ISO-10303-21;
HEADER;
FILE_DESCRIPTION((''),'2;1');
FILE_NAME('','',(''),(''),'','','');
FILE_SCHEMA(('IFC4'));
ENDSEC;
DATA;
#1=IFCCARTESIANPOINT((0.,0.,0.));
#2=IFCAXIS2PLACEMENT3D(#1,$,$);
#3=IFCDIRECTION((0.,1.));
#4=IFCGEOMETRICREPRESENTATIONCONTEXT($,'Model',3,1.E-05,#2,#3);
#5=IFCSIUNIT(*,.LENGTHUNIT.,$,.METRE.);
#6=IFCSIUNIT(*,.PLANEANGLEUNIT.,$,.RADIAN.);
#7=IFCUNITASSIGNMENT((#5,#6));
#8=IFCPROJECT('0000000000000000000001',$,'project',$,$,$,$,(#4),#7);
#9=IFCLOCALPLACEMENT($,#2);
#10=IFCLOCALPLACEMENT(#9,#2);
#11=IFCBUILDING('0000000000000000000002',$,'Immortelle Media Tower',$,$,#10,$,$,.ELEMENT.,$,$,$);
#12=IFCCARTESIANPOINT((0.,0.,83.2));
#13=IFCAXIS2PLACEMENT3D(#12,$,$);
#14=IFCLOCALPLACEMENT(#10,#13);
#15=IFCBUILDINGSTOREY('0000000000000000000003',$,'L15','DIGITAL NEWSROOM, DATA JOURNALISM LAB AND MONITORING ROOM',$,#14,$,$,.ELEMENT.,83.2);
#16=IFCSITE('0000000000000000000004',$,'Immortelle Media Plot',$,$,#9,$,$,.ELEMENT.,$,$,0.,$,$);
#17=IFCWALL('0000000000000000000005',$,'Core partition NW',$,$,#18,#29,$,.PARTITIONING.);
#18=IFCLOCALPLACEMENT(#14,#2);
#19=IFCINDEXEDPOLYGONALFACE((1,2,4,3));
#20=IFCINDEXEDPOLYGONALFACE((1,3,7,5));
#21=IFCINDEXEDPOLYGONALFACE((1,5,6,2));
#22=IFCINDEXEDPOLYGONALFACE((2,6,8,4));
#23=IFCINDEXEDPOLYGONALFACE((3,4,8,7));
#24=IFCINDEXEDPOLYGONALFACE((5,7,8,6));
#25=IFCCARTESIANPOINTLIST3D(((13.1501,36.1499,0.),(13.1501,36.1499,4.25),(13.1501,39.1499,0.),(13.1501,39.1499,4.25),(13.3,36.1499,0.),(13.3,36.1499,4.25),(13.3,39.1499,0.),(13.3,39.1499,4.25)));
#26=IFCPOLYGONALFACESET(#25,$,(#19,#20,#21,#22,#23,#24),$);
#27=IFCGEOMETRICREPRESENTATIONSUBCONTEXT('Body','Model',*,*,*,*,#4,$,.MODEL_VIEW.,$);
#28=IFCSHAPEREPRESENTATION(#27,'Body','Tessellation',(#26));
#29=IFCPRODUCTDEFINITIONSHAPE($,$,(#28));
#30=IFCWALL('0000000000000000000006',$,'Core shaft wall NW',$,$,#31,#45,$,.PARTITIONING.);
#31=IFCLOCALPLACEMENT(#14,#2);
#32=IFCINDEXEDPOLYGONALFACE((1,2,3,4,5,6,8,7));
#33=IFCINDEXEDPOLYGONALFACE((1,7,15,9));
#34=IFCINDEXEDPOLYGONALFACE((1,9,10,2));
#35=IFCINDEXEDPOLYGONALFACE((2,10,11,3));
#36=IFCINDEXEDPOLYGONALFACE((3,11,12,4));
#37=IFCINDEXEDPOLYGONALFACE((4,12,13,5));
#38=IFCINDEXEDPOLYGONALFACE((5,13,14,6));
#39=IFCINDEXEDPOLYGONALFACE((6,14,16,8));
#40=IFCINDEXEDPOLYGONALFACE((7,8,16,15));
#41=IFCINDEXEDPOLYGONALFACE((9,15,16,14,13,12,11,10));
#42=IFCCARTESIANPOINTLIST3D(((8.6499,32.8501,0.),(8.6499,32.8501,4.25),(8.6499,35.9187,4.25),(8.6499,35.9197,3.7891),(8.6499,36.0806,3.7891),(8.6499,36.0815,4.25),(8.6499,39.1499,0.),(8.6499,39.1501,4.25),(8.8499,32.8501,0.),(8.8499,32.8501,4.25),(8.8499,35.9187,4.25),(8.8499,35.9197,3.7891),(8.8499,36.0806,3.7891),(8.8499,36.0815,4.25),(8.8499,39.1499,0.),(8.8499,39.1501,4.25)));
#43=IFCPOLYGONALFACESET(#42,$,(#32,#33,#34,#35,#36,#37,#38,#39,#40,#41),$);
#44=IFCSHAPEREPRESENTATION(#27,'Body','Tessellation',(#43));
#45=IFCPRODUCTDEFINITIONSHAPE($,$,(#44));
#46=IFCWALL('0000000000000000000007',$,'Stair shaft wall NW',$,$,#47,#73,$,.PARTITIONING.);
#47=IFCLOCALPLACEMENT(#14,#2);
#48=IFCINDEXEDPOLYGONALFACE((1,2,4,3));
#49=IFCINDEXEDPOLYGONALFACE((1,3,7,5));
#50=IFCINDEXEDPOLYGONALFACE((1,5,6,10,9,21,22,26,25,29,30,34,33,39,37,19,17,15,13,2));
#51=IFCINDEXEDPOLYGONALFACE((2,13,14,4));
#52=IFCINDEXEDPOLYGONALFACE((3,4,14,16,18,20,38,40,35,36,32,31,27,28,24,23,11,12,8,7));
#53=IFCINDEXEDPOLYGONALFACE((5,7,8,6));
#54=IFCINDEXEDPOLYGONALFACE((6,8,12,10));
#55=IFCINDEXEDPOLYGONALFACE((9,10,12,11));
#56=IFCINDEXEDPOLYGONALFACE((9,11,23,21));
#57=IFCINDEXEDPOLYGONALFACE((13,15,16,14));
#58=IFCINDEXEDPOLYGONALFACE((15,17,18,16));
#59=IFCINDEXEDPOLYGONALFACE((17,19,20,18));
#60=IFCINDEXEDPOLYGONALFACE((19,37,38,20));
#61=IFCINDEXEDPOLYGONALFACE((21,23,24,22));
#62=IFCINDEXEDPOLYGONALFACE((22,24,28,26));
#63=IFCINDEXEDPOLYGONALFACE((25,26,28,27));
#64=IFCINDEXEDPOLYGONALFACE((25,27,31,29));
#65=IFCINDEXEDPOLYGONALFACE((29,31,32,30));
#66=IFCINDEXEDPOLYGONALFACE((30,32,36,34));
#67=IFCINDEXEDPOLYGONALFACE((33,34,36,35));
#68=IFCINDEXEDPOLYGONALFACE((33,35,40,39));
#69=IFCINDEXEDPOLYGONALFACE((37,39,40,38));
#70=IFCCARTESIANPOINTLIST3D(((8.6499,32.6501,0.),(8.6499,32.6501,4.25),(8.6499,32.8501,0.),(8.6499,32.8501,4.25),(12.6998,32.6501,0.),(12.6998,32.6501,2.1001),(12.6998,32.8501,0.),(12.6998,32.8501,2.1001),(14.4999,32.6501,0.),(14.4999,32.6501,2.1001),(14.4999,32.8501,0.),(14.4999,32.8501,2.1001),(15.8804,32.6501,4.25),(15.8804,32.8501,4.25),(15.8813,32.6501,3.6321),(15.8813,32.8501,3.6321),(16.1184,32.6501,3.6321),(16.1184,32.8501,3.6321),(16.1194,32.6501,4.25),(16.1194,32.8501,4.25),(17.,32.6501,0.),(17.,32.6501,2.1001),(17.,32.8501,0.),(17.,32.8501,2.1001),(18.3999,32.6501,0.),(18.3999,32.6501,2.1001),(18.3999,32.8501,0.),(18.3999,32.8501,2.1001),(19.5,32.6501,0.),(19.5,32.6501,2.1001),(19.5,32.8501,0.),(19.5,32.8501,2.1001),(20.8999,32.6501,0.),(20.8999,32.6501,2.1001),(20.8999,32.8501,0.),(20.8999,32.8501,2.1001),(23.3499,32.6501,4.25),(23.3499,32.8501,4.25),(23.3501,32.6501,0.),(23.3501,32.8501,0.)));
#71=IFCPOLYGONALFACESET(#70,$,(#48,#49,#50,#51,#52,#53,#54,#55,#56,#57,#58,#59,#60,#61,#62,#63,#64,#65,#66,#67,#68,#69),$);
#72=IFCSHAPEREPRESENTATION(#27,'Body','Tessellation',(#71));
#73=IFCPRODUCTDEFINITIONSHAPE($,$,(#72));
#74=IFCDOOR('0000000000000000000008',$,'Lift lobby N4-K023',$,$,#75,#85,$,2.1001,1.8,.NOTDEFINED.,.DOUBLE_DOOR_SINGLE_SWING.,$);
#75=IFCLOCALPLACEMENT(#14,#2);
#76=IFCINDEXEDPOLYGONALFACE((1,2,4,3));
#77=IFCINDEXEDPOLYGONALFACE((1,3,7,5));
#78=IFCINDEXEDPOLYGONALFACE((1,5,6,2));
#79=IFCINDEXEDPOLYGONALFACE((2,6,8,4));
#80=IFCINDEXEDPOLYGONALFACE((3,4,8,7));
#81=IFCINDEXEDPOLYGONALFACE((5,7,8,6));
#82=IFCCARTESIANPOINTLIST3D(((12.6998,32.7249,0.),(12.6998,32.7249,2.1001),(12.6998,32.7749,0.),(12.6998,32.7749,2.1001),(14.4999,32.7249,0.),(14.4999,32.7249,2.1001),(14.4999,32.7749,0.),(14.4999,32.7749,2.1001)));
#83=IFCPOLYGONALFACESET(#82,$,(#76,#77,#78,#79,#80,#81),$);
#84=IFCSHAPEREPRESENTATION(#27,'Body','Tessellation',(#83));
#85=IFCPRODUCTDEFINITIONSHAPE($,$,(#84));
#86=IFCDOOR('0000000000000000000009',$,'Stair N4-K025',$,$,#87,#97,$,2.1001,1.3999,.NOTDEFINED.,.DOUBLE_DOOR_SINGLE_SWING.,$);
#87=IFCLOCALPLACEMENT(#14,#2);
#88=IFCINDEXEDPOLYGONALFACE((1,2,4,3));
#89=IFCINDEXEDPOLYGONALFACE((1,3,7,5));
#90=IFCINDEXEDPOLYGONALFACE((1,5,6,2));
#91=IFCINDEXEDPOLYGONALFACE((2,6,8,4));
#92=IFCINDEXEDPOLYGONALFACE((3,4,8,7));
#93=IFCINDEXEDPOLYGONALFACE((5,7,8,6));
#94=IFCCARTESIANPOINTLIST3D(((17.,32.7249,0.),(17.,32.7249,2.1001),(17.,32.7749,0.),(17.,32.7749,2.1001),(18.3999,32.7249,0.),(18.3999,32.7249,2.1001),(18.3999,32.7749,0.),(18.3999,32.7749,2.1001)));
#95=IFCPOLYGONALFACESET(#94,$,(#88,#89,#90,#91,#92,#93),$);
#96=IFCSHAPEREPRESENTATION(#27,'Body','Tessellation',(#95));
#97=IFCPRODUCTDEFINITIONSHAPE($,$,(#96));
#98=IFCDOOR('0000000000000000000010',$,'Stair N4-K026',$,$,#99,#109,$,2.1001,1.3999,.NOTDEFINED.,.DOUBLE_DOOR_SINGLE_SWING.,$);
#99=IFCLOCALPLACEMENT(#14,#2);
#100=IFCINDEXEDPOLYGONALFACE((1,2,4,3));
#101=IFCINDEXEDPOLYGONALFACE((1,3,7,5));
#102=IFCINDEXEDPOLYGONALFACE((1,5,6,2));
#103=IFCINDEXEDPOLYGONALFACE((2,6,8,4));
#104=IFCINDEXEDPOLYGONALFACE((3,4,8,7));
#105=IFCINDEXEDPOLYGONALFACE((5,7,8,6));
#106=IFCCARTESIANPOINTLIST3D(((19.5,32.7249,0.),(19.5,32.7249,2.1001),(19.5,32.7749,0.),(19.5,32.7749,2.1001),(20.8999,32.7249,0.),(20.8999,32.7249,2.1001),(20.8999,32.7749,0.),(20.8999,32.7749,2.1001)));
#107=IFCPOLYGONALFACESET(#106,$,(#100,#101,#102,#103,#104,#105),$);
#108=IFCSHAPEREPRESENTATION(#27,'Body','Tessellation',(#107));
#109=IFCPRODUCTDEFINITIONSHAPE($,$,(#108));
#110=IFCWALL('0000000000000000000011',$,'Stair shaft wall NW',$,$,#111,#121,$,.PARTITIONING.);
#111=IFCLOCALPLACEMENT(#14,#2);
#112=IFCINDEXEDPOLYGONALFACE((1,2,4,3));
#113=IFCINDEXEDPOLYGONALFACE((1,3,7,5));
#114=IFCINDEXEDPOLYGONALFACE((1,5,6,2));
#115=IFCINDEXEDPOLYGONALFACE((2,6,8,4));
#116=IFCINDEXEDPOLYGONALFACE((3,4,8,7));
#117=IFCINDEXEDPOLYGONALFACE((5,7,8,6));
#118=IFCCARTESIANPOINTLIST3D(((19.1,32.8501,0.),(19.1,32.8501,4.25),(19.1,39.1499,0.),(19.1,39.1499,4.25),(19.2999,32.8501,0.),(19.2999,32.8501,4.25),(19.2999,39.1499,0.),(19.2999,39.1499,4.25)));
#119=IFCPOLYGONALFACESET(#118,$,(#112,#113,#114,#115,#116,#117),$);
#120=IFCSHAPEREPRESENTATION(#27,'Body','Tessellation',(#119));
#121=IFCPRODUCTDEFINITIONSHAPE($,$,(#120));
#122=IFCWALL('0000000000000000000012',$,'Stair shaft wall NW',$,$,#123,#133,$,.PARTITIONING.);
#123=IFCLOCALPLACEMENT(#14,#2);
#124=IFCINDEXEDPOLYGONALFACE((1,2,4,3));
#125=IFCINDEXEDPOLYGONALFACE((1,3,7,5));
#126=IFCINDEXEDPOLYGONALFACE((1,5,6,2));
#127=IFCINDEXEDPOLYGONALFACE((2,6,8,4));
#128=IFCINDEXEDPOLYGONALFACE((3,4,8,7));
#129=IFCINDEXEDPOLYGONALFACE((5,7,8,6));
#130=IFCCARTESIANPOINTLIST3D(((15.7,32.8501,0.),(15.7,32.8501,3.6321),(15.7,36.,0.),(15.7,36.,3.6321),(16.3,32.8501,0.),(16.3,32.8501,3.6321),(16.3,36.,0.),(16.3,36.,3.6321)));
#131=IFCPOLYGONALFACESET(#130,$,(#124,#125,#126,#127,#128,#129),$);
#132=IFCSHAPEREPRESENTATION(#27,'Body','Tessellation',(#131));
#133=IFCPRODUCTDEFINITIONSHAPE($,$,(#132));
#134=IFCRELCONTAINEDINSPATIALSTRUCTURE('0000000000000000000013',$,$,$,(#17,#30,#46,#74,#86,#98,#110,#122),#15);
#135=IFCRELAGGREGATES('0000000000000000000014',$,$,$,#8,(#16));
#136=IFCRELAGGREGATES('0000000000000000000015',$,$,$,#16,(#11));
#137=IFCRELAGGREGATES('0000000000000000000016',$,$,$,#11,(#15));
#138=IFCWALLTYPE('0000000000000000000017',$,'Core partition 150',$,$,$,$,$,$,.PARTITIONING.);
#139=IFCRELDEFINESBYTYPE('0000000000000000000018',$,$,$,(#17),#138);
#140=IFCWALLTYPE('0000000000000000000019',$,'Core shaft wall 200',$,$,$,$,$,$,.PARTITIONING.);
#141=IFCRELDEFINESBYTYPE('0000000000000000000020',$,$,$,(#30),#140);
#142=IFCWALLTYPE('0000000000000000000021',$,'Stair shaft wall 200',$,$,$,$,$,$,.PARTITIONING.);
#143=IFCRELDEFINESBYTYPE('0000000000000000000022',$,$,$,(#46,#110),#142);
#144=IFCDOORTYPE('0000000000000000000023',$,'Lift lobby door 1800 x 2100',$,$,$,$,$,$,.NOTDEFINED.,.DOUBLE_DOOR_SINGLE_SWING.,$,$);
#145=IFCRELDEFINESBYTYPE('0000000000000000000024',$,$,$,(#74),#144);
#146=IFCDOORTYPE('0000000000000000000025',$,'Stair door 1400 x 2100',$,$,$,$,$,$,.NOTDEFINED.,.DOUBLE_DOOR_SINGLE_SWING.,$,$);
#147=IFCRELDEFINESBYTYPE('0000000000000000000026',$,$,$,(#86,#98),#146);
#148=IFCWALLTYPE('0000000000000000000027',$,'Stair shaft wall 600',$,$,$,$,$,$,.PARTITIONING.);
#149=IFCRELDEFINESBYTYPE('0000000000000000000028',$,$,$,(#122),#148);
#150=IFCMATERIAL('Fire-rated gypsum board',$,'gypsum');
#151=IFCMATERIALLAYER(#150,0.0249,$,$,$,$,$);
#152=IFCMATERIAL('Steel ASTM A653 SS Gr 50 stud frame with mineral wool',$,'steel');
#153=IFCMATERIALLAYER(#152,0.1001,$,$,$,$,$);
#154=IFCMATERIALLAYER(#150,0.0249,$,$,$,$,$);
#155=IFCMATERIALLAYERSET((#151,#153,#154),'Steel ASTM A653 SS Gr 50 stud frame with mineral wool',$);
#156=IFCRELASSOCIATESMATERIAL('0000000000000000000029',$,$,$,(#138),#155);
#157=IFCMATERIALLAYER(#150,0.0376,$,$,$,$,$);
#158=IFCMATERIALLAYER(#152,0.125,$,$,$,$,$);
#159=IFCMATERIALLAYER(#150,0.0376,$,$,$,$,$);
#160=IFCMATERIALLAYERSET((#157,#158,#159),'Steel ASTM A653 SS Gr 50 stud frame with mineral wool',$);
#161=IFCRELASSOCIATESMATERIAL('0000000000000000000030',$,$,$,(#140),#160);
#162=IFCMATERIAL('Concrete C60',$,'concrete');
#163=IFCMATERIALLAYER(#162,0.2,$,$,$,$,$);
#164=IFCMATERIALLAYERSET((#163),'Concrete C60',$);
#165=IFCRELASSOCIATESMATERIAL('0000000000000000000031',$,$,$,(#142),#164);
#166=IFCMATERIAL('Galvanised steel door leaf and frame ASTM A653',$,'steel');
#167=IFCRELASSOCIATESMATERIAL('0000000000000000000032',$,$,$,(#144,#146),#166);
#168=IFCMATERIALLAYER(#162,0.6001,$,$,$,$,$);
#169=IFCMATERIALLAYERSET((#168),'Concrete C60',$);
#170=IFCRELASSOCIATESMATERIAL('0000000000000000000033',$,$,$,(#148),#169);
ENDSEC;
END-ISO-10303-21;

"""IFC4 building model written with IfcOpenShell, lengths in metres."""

from ifc_helpers import new_model, si_unit, direction, frame, frame_2d, origin, place, context, subcontext, project, spatial, polyline, rectangle, outline, extrude, material, layer, layer_set, type_object, element, fill, save


model = new_model("IFC4")

# Units and contexts
model_context = context("Model", 3, precision=1e-05, world=origin(), true_north=direction((0.0, 1.0)))
body_context = subcontext(model_context, "Body", "Model", "MODEL_VIEW")
ifc_project = project(units=[si_unit("LENGTHUNIT", "METRE"), si_unit("PLANEANGLEUNIT", "RADIAN")], contexts=[model_context])

# Site, building, storey
site_placement = place(None, origin())
site = spatial("IfcSite", under=ifc_project, at=site_placement, Name="Immortelle Media Plot", CompositionType="ELEMENT", RefElevation=0.0)
building_placement = place(site_placement, origin())
building = spatial("IfcBuilding", under=site, at=building_placement, Name="Immortelle Media Tower", CompositionType="ELEMENT")
storey_placement = place(building_placement, frame((0.0, 0.0, 83.2)))
storey = spatial("IfcBuildingStorey", under=building, at=storey_placement, Name="L15", Description="DIGITAL NEWSROOM, DATA JOURNALISM LAB AND MONITORING ROOM", CompositionType="ELEMENT", Elevation=83.2)

# Shared definitions
ifc_material_1 = material(Name="Fire-rated gypsum board", Category="gypsum")
ifc_layer_1 = layer(ifc_material_1, 0.0249)
ifc_material_2 = material(Name="Steel ASTM A653 SS Gr 50 stud frame with mineral wool", Category="steel")
ifc_layer_2 = layer(ifc_material_2, 0.1001)
ifc_layer_3 = layer(ifc_material_1, 0.0249)
ifc_layer_set_1 = layer_set([ifc_layer_1, ifc_layer_2, ifc_layer_3], Name="Steel ASTM A653 SS Gr 50 stud frame with mineral wool")
wall_type_1 = type_object("IfcWallType", Name="Core partition 150", PredefinedType="PARTITIONING", material=ifc_layer_set_1)

# Walls
for number, where, z_axis, x_axis, name in (
    (1, (13.2251, 36.1499, 0.0), (0.0, 0.0, 1.0), (0.0, 1.0, 0.0), "Core partition NW"),
):
    element("IfcWall", number, at=place(storey_placement, frame(where, z_axis=z_axis, x_axis=x_axis)), inside=storey, type_object=wall_type_1, Name=name, PredefinedType="PARTITIONING", context=body_context, shape_type="SweptSolid", body=[
        extrude(rectangle(XDim=3.0, YDim=0.1499, at=frame_2d((1.5, 0.0))), origin(), (0.0, 0.0, 1.0), 4.25),
    ])
ifc_layer_4 = layer(ifc_material_1, 0.0376)
ifc_layer_5 = layer(ifc_material_2, 0.125)
ifc_layer_6 = layer(ifc_material_1, 0.0376)
ifc_layer_set_2 = layer_set([ifc_layer_4, ifc_layer_5, ifc_layer_6], Name="Steel ASTM A653 SS Gr 50 stud frame with mineral wool")
wall_type_2 = type_object("IfcWallType", Name="Core shaft wall 200", PredefinedType="PARTITIONING", material=ifc_layer_set_2)
wall_1_placement = place(storey_placement, frame((8.75, 32.8501, 0.0), z_axis=(0.0, 0.0, 1.0), x_axis=(0.0, 1.0, 0.0)))
element("IfcWall", 2, at=wall_1_placement, inside=storey, type_object=wall_type_2, Name="Core shaft wall NW", PredefinedType="PARTITIONING", context=body_context, shape_type="SweptSolid", body=[
    extrude(outline(polyline([(0.0, 0.0), (6.2998, 0.0), (6.3, 4.25), (3.2314, 4.25), (3.2305, 3.7891), (3.0696, 3.7891), (3.0686, 4.25), (0.0, 4.25), (0.0, 0.0)])), frame((0.0, 0.1001, 0.0), z_axis=(0.0, -1.0, 0.0), x_axis=(1.0, 0.0, 0.0)), (0.0, 0.0, 1.0), 0.2),
])

# Wall, openings, doors
ifc_material_3 = material(Name="Concrete C60", Category="concrete")
ifc_layer_7 = layer(ifc_material_3, 0.2)
ifc_layer_set_3 = layer_set([ifc_layer_7], Name="Concrete C60")
wall_type_3 = type_object("IfcWallType", Name="Stair shaft wall 200", PredefinedType="PARTITIONING", material=ifc_layer_set_3)
wall_2_placement = place(storey_placement, frame((8.6499, 32.75, 0.0), z_axis=(0.0, 0.0, 1.0), x_axis=(1.0, 0.0, 0.0)))
wall_2 = element("IfcWall", 3, at=wall_2_placement, inside=storey, type_object=wall_type_3, Name="Stair shaft wall NW", PredefinedType="PARTITIONING", context=body_context, shape_type="SweptSolid", body=[
    extrude(outline(polyline([(0.0, 0.0), (14.7002, 0.0), (14.7, 4.25), (7.4695, 4.25), (7.4685, 3.6321), (7.2314, 3.6321), (7.2305, 4.25), (0.0, 4.25), (0.0, 0.0)])), frame((0.0, 0.1001, 0.0), z_axis=(0.0, -1.0, 0.0), x_axis=(1.0, 0.0, 0.0)), (0.0, 0.0, 1.0), 0.2),
])
opening_1_placement = place(wall_2_placement, frame((4.05, 0.0, 0.0)))
opening_1 = element("IfcOpeningElement", 4, at=opening_1_placement, cuts=wall_2, PredefinedType="OPENING", context=body_context, shape_type="SweptSolid", body=[
    extrude(rectangle(XDim=1.8, YDim=2.1001, at=frame_2d((0.8999, 1.05))), frame((0.0, 0.1099, 0.0), z_axis=(0.0, -1.0, 0.0), x_axis=(1.0, 0.0, 0.0)), (0.0, 0.0, 1.0), 0.22),
])
opening_2_placement = place(wall_2_placement, frame((8.3501, 0.0, 0.0)))
opening_2 = element("IfcOpeningElement", 5, at=opening_2_placement, cuts=wall_2, PredefinedType="OPENING", context=body_context, shape_type="SweptSolid", body=[
    extrude(rectangle(XDim=1.3999, YDim=2.1001, at=frame_2d((0.7, 1.05))), frame((0.0, 0.1099, 0.0), z_axis=(0.0, -1.0, 0.0), x_axis=(1.0, 0.0, 0.0)), (0.0, 0.0, 1.0), 0.22),
])
opening_3_placement = place(wall_2_placement, frame((10.8501, 0.0, 0.0)))
opening_3 = element("IfcOpeningElement", 6, at=opening_3_placement, cuts=wall_2, PredefinedType="OPENING", context=body_context, shape_type="SweptSolid", body=[
    extrude(rectangle(XDim=1.3999, YDim=2.1001, at=frame_2d((0.7, 1.05))), frame((0.0, 0.1099, 0.0), z_axis=(0.0, -1.0, 0.0), x_axis=(1.0, 0.0, 0.0)), (0.0, 0.0, 1.0), 0.22),
])
ifc_material_4 = material(Name="Galvanised steel door leaf and frame ASTM A653", Category="steel")
door_type_1 = type_object("IfcDoorType", Name="Lift lobby door 1800 x 2100", OperationType="DOUBLE_DOOR_SINGLE_SWING", PredefinedType="NOTDEFINED", material=ifc_material_4)
door_1_placement = place(opening_1_placement, origin())
door_1 = element("IfcDoor", 7, at=door_1_placement, inside=storey, type_object=door_type_1, Name="Lift lobby N4-K023", OperationType="DOUBLE_DOOR_SINGLE_SWING", OverallHeight=2.1001, OverallWidth=1.8, PredefinedType="NOTDEFINED", context=body_context, shape_type="SweptSolid", body=[
    extrude(rectangle(XDim=1.8, YDim=2.1001, at=frame_2d((0.8999, 1.05))), frame((0.0, 0.0249, 0.0), z_axis=(0.0, -1.0, 0.0), x_axis=(1.0, 0.0, 0.0)), (0.0, 0.0, 1.0), 0.05),
])
fill(opening_1, door_1)
door_type_2 = type_object("IfcDoorType", Name="Stair door 1400 x 2100", OperationType="DOUBLE_DOOR_SINGLE_SWING", PredefinedType="NOTDEFINED", material=ifc_material_4)
door_2_placement = place(opening_2_placement, origin())
door_2 = element("IfcDoor", 8, at=door_2_placement, inside=storey, type_object=door_type_2, Name="Stair N4-K025", OperationType="DOUBLE_DOOR_SINGLE_SWING", OverallHeight=2.1001, OverallWidth=1.3999, PredefinedType="NOTDEFINED", context=body_context, shape_type="SweptSolid", body=[
    extrude(rectangle(XDim=1.3999, YDim=2.1001, at=frame_2d((0.7, 1.05))), frame((0.0, 0.0249, 0.0), z_axis=(0.0, -1.0, 0.0), x_axis=(1.0, 0.0, 0.0)), (0.0, 0.0, 1.0), 0.05),
])
fill(opening_2, door_2)
door_3_placement = place(opening_3_placement, origin())
door_3 = element("IfcDoor", 9, at=door_3_placement, inside=storey, type_object=door_type_2, Name="Stair N4-K026", OperationType="DOUBLE_DOOR_SINGLE_SWING", OverallHeight=2.1001, OverallWidth=1.3999, PredefinedType="NOTDEFINED", context=body_context, shape_type="SweptSolid", body=[
    extrude(rectangle(XDim=1.3999, YDim=2.1001, at=frame_2d((0.7, 1.05))), frame((0.0, 0.0249, 0.0), z_axis=(0.0, -1.0, 0.0), x_axis=(1.0, 0.0, 0.0)), (0.0, 0.0, 1.0), 0.05),
])
fill(opening_3, door_3)

# Walls
wall_3_placement = place(storey_placement, frame((19.2, 32.8501, 0.0), z_axis=(0.0, 0.0, 1.0), x_axis=(0.0, 1.0, 0.0)))
element("IfcWall", 10, at=wall_3_placement, inside=storey, type_object=wall_type_3, Name="Stair shaft wall NW", PredefinedType="PARTITIONING", context=body_context, shape_type="SweptSolid", body=[
    extrude(rectangle(XDim=6.2998, YDim=0.2, at=frame_2d((3.1499, 0.0))), origin(), (0.0, 0.0, 1.0), 4.25),
])
ifc_layer_8 = layer(ifc_material_3, 0.6001)
ifc_layer_set_4 = layer_set([ifc_layer_8], Name="Concrete C60")
wall_type_4 = type_object("IfcWallType", Name="Stair shaft wall 600", PredefinedType="PARTITIONING", material=ifc_layer_set_4)
wall_4_placement = place(storey_placement, frame((16.0, 32.8501, 0.0), z_axis=(0.0, 0.0, 1.0), x_axis=(0.0, 1.0, 0.0)))
element("IfcWall", 11, at=wall_4_placement, inside=storey, type_object=wall_type_4, Name="Stair shaft wall NW", PredefinedType="PARTITIONING", context=body_context, shape_type="SweptSolid", body=[
    extrude(rectangle(XDim=3.1499, YDim=0.6001, at=frame_2d((1.575, 0.0))), origin(), (0.0, 0.0, 1.0), 3.6321),
])

save(model, "model.ifc")
